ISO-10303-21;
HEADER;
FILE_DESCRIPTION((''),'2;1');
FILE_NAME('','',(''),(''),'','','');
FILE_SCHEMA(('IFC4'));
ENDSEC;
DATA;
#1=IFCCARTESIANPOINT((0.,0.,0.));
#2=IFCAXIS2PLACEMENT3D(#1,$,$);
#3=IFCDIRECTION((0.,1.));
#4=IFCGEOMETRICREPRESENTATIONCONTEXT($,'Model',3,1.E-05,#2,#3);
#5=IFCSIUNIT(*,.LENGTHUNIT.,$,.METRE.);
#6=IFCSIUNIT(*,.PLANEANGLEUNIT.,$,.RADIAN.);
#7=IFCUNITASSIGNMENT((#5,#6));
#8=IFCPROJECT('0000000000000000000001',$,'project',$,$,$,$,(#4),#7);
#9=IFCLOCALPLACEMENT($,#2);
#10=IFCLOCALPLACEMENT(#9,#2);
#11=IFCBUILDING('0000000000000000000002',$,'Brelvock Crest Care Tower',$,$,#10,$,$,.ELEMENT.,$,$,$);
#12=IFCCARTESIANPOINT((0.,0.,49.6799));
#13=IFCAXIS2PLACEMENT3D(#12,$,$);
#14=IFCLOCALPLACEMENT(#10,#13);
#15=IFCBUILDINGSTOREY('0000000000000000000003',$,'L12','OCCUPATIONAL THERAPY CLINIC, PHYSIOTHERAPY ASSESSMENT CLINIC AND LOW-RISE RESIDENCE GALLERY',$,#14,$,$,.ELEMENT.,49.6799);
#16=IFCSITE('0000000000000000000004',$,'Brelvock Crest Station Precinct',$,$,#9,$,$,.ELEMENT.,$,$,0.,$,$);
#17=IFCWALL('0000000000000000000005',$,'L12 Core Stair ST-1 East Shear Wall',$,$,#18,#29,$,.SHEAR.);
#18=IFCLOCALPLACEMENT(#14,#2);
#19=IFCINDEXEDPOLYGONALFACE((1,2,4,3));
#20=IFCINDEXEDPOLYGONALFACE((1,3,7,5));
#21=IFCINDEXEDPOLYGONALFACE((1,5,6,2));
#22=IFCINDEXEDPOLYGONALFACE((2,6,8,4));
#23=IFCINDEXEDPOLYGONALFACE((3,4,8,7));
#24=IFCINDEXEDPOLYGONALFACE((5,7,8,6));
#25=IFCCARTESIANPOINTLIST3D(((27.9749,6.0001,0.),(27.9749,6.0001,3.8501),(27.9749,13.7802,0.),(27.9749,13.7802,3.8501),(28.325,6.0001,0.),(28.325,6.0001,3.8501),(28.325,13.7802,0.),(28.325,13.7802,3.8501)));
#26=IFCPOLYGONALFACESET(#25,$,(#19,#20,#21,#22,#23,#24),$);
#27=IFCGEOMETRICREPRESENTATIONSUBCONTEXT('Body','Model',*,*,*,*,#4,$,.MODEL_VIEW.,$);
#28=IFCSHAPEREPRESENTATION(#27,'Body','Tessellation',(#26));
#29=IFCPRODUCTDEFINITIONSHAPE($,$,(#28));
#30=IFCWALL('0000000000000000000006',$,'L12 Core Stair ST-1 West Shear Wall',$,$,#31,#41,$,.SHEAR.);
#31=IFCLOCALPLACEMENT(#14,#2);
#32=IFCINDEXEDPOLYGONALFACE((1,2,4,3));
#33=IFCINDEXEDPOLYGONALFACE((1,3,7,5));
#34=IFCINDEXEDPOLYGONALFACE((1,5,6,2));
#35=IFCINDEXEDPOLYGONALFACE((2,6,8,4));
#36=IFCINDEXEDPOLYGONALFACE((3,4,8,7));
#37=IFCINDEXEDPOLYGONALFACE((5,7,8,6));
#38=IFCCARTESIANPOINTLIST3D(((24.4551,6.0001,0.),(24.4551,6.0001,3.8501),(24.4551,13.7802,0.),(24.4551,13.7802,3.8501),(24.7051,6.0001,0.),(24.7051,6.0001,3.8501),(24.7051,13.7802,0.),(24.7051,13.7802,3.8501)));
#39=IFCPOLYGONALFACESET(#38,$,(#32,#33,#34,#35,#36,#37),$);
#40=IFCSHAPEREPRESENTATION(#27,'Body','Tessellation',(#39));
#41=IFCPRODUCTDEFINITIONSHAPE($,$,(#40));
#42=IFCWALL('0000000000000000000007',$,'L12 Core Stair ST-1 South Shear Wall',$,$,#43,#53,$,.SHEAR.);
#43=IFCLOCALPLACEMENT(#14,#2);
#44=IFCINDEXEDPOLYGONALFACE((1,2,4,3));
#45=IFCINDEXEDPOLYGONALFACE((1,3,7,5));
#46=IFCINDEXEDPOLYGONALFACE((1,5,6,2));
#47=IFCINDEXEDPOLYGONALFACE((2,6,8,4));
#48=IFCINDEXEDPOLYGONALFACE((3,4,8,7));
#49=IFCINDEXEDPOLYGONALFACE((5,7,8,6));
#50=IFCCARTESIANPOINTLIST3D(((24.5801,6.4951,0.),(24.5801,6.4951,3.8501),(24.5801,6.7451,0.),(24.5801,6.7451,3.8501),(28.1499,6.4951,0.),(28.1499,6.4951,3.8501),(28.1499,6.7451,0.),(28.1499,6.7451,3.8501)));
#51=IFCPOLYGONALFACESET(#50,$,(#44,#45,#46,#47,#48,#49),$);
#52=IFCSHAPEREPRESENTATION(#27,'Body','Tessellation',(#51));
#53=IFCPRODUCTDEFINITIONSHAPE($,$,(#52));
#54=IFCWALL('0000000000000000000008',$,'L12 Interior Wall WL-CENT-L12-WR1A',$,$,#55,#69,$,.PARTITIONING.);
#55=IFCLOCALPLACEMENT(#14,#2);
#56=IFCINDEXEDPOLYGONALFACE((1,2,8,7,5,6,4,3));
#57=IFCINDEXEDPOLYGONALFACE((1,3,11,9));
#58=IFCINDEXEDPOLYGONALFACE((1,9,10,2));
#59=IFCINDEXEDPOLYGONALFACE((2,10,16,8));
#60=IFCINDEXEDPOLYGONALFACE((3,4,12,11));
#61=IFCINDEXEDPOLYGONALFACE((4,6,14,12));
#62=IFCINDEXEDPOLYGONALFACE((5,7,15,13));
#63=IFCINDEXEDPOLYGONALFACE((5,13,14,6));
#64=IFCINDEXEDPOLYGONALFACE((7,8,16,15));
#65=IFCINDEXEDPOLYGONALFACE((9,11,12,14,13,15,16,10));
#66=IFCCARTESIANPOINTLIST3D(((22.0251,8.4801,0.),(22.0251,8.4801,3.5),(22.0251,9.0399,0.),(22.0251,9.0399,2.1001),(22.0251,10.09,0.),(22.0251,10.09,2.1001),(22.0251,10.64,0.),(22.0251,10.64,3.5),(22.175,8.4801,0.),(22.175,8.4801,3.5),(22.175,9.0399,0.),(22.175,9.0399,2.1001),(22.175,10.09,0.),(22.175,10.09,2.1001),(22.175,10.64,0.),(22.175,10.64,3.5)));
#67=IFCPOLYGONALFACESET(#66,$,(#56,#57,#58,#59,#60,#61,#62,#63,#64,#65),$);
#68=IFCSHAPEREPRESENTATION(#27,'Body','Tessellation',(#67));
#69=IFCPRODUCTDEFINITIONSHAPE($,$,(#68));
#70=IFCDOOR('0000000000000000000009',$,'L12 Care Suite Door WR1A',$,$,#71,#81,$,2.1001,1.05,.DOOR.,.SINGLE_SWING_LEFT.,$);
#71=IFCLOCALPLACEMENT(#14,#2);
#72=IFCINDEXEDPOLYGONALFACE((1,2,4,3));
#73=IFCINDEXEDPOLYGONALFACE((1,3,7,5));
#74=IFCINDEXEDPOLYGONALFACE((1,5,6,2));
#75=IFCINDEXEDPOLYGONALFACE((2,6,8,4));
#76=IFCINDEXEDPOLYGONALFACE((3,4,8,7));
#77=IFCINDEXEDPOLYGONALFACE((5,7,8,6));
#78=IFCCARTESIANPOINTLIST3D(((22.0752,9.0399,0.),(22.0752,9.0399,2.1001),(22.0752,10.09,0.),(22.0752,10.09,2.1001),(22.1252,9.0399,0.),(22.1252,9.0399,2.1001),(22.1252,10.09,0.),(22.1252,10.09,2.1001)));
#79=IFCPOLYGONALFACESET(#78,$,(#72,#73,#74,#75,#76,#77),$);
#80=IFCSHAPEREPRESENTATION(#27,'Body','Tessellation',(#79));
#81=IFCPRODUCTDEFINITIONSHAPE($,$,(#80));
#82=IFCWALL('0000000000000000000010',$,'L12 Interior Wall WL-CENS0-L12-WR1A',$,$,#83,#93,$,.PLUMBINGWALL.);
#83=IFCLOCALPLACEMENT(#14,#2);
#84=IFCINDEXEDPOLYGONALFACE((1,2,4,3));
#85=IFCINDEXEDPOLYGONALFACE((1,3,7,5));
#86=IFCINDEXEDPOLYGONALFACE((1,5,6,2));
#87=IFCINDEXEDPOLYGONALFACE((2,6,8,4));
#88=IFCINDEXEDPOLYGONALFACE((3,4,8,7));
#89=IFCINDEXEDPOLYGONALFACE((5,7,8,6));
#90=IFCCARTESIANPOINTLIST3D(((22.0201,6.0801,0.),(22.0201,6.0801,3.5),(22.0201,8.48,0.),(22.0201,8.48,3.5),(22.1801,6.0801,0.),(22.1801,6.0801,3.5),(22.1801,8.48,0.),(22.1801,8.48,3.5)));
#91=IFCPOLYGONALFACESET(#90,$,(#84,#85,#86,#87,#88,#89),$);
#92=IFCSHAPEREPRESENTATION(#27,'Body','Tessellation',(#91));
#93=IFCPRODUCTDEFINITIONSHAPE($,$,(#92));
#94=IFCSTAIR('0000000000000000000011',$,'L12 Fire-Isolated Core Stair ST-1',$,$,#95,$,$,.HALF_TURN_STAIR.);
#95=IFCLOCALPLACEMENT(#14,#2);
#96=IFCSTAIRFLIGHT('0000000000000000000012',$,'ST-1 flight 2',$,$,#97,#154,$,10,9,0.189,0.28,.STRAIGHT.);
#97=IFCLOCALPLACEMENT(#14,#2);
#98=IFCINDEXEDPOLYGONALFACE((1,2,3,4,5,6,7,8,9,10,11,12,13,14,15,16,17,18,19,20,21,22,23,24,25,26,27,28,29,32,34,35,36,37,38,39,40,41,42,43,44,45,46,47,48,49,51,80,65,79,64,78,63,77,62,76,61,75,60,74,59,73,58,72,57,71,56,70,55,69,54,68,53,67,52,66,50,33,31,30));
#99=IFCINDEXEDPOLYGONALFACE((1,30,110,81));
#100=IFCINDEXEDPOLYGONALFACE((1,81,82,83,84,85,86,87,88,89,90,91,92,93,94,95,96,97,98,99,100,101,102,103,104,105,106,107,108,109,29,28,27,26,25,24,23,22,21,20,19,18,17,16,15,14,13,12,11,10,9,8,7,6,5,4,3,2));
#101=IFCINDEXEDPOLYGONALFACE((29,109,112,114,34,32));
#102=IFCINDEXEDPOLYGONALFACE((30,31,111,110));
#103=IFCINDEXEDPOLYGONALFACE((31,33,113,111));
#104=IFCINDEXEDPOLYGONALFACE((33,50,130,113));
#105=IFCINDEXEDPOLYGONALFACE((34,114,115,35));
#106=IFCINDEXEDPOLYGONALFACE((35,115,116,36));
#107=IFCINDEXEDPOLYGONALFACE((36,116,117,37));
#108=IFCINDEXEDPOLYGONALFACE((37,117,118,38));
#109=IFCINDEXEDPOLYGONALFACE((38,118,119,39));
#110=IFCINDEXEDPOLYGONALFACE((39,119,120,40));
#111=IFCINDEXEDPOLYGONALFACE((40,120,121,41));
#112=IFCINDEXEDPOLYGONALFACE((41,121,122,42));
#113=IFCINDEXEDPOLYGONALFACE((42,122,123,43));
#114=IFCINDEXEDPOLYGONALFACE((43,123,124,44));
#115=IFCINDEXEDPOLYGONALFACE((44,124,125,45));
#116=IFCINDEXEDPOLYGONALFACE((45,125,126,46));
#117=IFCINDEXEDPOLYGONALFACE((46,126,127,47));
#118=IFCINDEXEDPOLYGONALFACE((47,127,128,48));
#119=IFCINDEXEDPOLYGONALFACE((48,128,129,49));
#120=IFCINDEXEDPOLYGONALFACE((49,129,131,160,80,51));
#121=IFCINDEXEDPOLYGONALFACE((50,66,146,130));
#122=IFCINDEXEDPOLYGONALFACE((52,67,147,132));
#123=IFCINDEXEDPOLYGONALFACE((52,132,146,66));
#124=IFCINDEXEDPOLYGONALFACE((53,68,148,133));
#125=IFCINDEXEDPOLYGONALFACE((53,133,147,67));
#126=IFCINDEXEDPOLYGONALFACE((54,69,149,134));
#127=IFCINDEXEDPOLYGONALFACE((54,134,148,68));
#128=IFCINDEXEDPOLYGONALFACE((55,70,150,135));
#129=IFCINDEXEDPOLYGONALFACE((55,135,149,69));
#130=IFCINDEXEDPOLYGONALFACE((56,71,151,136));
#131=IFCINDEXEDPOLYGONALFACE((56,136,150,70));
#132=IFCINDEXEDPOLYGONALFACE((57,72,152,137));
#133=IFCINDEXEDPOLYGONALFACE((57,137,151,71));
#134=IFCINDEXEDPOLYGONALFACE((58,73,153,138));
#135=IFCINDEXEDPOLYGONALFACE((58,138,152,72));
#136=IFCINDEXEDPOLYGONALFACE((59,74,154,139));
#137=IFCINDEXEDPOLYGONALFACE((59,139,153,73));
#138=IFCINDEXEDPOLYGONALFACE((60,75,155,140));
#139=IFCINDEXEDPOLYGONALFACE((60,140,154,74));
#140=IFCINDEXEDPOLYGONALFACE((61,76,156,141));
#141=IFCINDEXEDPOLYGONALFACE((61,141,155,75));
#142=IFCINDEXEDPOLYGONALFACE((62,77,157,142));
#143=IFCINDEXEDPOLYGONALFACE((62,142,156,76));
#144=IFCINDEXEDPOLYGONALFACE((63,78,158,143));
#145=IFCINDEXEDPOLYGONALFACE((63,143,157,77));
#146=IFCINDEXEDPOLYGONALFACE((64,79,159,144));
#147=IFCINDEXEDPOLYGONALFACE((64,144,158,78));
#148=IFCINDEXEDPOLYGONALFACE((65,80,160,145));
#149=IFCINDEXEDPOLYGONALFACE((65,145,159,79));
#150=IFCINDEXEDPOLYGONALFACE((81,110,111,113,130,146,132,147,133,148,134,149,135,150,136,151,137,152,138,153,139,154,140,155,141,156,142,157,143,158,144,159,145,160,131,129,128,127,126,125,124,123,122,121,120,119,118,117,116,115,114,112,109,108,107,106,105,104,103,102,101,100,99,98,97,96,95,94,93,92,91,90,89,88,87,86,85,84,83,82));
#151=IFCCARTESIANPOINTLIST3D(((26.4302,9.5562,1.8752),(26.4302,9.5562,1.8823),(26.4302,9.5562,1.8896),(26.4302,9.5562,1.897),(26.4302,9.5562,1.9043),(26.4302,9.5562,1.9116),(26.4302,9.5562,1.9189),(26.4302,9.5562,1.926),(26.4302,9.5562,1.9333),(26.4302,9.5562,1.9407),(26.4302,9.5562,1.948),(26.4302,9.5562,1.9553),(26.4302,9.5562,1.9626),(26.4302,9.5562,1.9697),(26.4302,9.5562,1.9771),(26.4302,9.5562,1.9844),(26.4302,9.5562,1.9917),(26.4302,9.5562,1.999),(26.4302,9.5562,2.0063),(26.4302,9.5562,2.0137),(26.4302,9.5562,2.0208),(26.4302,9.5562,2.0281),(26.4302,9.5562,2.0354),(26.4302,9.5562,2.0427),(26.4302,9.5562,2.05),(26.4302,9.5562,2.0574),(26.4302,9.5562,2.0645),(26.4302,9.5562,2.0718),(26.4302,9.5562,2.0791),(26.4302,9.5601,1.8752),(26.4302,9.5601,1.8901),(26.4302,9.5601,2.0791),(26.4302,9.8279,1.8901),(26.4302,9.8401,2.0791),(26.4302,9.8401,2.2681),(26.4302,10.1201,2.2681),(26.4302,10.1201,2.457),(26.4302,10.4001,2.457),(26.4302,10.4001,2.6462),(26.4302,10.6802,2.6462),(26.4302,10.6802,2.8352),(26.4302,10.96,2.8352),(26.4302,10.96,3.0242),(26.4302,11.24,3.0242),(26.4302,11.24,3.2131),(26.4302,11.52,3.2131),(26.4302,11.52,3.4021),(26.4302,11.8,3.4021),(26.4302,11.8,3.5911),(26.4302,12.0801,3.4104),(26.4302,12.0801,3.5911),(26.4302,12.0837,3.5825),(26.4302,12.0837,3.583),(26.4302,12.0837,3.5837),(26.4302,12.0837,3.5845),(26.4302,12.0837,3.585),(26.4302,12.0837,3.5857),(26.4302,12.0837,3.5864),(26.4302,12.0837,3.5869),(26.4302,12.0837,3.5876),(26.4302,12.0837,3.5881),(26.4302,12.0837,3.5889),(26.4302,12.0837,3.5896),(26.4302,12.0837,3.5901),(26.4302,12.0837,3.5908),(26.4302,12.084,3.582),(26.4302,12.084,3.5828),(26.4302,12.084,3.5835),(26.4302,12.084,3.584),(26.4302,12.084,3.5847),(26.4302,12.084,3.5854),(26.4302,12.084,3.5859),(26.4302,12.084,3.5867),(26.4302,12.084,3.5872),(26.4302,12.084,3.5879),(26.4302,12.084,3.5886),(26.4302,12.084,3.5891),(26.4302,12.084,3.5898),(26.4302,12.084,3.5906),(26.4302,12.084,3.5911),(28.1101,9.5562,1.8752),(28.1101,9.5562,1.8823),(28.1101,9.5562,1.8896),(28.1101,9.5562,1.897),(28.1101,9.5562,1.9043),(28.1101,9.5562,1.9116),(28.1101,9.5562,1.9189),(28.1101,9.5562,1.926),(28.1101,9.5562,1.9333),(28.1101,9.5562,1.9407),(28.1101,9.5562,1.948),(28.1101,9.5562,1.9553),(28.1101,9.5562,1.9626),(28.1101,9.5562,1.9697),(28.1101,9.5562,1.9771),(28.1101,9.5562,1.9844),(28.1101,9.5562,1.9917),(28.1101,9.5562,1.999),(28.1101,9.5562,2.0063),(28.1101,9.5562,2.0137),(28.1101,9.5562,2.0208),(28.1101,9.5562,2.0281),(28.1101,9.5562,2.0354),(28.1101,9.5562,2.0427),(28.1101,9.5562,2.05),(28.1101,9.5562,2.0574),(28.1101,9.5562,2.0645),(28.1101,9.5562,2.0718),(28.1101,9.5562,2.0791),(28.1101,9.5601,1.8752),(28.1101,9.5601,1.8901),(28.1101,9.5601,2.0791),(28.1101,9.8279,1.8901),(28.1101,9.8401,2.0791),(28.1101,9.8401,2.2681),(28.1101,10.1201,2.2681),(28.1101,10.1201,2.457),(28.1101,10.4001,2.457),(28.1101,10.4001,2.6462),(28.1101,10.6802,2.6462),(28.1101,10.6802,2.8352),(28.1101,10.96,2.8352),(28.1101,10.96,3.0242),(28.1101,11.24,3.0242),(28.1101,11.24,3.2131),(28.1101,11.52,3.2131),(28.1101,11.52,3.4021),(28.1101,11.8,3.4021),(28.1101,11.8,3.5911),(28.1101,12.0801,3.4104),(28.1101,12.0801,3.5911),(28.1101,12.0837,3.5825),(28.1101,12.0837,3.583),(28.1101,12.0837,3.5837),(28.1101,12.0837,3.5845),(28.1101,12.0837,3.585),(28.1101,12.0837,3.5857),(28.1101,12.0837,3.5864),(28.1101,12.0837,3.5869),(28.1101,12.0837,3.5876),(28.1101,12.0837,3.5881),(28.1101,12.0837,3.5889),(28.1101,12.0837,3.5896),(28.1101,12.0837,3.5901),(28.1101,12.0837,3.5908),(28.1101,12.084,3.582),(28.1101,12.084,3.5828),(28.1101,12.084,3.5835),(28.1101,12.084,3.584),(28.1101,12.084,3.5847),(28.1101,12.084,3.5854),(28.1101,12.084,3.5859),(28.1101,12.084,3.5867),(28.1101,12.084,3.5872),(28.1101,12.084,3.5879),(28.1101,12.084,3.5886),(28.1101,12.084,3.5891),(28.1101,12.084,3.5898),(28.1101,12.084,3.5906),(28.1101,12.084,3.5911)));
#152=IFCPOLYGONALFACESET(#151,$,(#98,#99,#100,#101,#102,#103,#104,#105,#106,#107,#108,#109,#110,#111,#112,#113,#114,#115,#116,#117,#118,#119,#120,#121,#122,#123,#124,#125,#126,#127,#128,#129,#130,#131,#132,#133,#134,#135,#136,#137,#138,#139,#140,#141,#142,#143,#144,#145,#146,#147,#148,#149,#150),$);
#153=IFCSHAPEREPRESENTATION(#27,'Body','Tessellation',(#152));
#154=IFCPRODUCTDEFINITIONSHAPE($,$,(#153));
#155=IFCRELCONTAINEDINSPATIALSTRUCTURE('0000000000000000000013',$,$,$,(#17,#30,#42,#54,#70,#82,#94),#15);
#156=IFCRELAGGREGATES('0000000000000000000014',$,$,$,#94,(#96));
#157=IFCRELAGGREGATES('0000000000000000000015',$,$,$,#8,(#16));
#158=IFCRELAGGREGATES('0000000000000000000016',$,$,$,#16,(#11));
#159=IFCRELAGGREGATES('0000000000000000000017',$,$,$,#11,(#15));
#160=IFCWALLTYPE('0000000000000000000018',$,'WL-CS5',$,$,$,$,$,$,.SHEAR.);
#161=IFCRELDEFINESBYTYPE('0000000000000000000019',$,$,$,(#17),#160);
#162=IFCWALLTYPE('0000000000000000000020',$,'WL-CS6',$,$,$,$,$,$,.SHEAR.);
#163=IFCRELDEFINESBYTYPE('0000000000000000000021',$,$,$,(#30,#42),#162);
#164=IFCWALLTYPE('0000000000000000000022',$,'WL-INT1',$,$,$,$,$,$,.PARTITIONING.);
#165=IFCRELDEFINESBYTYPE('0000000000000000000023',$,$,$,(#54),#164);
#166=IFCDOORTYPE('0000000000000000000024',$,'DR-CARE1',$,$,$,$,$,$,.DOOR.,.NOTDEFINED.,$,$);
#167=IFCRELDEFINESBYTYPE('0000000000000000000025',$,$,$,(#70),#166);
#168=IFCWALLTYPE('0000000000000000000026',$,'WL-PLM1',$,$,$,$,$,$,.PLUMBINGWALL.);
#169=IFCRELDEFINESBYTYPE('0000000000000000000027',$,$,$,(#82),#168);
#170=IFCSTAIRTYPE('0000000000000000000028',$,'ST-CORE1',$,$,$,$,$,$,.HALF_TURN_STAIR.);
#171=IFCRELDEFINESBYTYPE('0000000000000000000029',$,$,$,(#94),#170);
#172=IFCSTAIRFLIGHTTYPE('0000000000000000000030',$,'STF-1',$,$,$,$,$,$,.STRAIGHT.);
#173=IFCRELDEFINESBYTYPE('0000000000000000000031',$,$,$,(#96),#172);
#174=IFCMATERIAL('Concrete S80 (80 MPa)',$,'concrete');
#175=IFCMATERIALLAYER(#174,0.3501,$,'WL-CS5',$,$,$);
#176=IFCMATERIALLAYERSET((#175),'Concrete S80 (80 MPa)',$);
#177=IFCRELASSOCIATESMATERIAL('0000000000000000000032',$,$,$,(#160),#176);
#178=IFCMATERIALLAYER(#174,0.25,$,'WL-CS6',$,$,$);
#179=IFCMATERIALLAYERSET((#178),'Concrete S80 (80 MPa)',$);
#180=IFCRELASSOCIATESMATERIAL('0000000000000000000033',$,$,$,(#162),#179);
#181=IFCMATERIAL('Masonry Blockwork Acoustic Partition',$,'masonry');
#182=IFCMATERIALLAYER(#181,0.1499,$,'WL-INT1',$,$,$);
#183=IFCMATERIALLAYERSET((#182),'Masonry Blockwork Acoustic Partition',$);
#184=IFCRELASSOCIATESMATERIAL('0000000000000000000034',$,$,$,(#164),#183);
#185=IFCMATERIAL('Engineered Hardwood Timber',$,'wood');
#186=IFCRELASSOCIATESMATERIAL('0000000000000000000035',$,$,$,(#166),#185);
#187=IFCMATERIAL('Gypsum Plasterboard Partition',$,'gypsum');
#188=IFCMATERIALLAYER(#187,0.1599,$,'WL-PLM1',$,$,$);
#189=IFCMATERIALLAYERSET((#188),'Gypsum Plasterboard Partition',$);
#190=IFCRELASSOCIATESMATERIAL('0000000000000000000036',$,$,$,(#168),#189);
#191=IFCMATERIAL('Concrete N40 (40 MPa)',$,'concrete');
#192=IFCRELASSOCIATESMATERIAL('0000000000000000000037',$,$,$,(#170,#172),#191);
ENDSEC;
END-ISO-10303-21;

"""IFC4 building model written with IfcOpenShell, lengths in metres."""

from ifc_helpers import new_model, si_unit, direction, frame, frame_2d, origin, origin_2d, place, context, subcontext, project, spatial, polyline, rectangle, outline, extrude, source, transform, mapped, material, layer, layer_set, type_object, element, fill, aggregate, save


model = new_model("IFC4")

# Units and contexts
model_context = context("Model", 3, precision=1e-05, world=origin(), true_north=direction((0.0, 1.0)))
body_context = subcontext(model_context, "Body", "Model", "MODEL_VIEW")
ifc_project = project(units=[si_unit("LENGTHUNIT", "METRE"), si_unit("PLANEANGLEUNIT", "RADIAN")], contexts=[model_context])

# Site, building, storey
site_placement = place(None, origin())
site = spatial("IfcSite", under=ifc_project, at=site_placement, Name="Brelvock Crest Station Precinct", CompositionType="ELEMENT", RefElevation=0.0)
building_placement = place(site_placement, origin())
building = spatial("IfcBuilding", under=site, at=building_placement, Name="Brelvock Crest Care Tower", CompositionType="ELEMENT")
storey_placement = place(building_placement, frame((0.0, 0.0, 49.6799)))
storey = spatial("IfcBuildingStorey", under=building, at=storey_placement, Name="L12", Description="OCCUPATIONAL THERAPY CLINIC, PHYSIOTHERAPY ASSESSMENT CLINIC AND LOW-RISE RESIDENCE GALLERY", CompositionType="ELEMENT", Elevation=49.6799)

# Shared definitions
ifc_material_1 = material(Name="Concrete S80 (80 MPa)", Category="concrete")

# Walls
ifc_layer_1 = layer(ifc_material_1, 0.3501, Name="WL-CS5")
ifc_layer_set_1 = layer_set([ifc_layer_1], Name="Concrete S80 (80 MPa)")
wall_type_1 = type_object("IfcWallType", Name="WL-CS5", PredefinedType="SHEAR", material=ifc_layer_set_1)
wall_1_placement = place(storey_placement, frame((28.1499, 6.0, 0.0), z_axis=(0.0, 0.0, 1.0), x_axis=(0.0, 1.0, 0.0)))
element("IfcWall", 1, at=wall_1_placement, inside=storey, type_object=wall_type_1, Name="L12 Core Stair ST-1 East Shear Wall", PredefinedType="SHEAR", context=body_context, shape_type="SweptSolid", body=[
    extrude(rectangle(XDim=7.78, YDim=0.3501, at=frame_2d((3.8901, 0.0))), origin(), (0.0, 0.0, 1.0), 3.8501),
])
ifc_layer_2 = layer(ifc_material_1, 0.25, Name="WL-CS6")
ifc_layer_set_2 = layer_set([ifc_layer_2], Name="Concrete S80 (80 MPa)")
wall_type_2 = type_object("IfcWallType", Name="WL-CS6", PredefinedType="SHEAR", material=ifc_layer_set_2)
wall_2_placement = place(storey_placement, frame((24.5801, 6.0, 0.0), z_axis=(0.0, 0.0, 1.0), x_axis=(0.0, 1.0, 0.0)))
element("IfcWall", 2, at=wall_2_placement, inside=storey, type_object=wall_type_2, Name="L12 Core Stair ST-1 West Shear Wall", PredefinedType="SHEAR", context=body_context, shape_type="SweptSolid", body=[
    extrude(rectangle(XDim=7.78, YDim=0.25, at=frame_2d((3.8901, 0.0))), origin(), (0.0, 0.0, 1.0), 3.8501),
])
wall_3_placement = place(storey_placement, frame((24.5801, 6.6201, 0.0), z_axis=(0.0, 0.0, 1.0), x_axis=(1.0, 0.0, 0.0)))
element("IfcWall", 3, at=wall_3_placement, inside=storey, type_object=wall_type_2, Name="L12 Core Stair ST-1 South Shear Wall", PredefinedType="SHEAR", context=body_context, shape_type="SweptSolid", body=[
    extrude(rectangle(XDim=3.5698, YDim=0.25, at=frame_2d((1.7849, 0.0))), origin(), (0.0, 0.0, 1.0), 3.8501),
])

# Wall, opening, door
ifc_material_2 = material(Name="Masonry Blockwork Acoustic Partition", Category="masonry")
ifc_layer_3 = layer(ifc_material_2, 0.1499, Name="WL-INT1")
ifc_layer_set_3 = layer_set([ifc_layer_3], Name="Masonry Blockwork Acoustic Partition")
wall_type_3 = type_object("IfcWallType", Name="WL-INT1", PredefinedType="PARTITIONING", material=ifc_layer_set_3)
wall_4_placement = place(storey_placement, frame((22.1001, 8.48, 0.0), z_axis=(0.0, 0.0, 1.0), x_axis=(0.0, 1.0, 0.0)))
wall_4 = element("IfcWall", 4, at=wall_4_placement, inside=storey, type_object=wall_type_3, Name="L12 Interior Wall WL-CENT-L12-WR1A", PredefinedType="PARTITIONING", context=body_context, shape_type="SweptSolid", body=[
    extrude(rectangle(XDim=2.1599, YDim=0.1499, at=frame_2d((1.0801, 0.0))), origin(), (0.0, 0.0, 1.0), 3.5),
])
opening_placement = place(wall_4_placement, frame((0.5601, 0.0, 0.0)))
opening = element("IfcOpeningElement", 5, at=opening_placement, cuts=wall_4, PredefinedType="OPENING", context=body_context, shape_type="SweptSolid", body=[
    extrude(rectangle(XDim=1.05, YDim=2.1001, at=origin_2d()), frame((0.5249, 0.085, 1.05), z_axis=(0.0, -1.0, 0.0), x_axis=(1.0, 0.0, 0.0)), (0.0, 0.0, 1.0), 0.1699),
])
ifc_material_3 = material(Name="Engineered Hardwood Timber", Category="wood")
door_type = type_object("IfcDoorType", Name="DR-CARE1", OperationType="NOTDEFINED", PredefinedType="DOOR", material=ifc_material_3)
shared_shape_1 = source(origin(), body_context, "Body", "SweptSolid", [
    extrude(rectangle(XDim=1.05, YDim=2.1001, at=origin_2d()), frame((0.5249, 0.0249, 1.05), z_axis=(0.0, -1.0, 0.0), x_axis=(1.0, 0.0, 0.0)), (0.0, 0.0, 1.0), 0.05),
])
door_placement = place(opening_placement, origin())
door = element("IfcDoor", 6, at=door_placement, inside=storey, type_object=door_type, Name="L12 Care Suite Door WR1A", OperationType="SINGLE_SWING_LEFT", OverallHeight=2.1001, OverallWidth=1.05, PredefinedType="DOOR", context=body_context, shape_type="MappedRepresentation", body=[
    mapped(shared_shape_1, transform((0.0, 0.0, 0.0), x_axis=(1.0, 0.0, 0.0), y_axis=(0.0, 1.0, 0.0), z_axis=(0.0, 0.0, 1.0), scale=1.0)),
])
fill(opening, door)

# Wall
ifc_material_4 = material(Name="Gypsum Plasterboard Partition", Category="gypsum")
ifc_layer_4 = layer(ifc_material_4, 0.1599, Name="WL-PLM1")
ifc_layer_set_4 = layer_set([ifc_layer_4], Name="Gypsum Plasterboard Partition")
wall_type_4 = type_object("IfcWallType", Name="WL-PLM1", PredefinedType="PLUMBINGWALL", material=ifc_layer_set_4)
wall_5_placement = place(storey_placement, frame((22.1001, 6.0801, 0.0), z_axis=(0.0, 0.0, 1.0), x_axis=(0.0, 1.0, 0.0)))
element("IfcWall", 7, at=wall_5_placement, inside=storey, type_object=wall_type_4, Name="L12 Interior Wall WL-CENS0-L12-WR1A", PredefinedType="PLUMBINGWALL", context=body_context, shape_type="SweptSolid", body=[
    extrude(rectangle(XDim=2.3999, YDim=0.1599, at=frame_2d((1.2, 0.0))), origin(), (0.0, 0.0, 1.0), 3.5),
])

# Stair, stair flight
ifc_material_5 = material(Name="Concrete N40 (40 MPa)", Category="concrete")
stair_type = type_object("IfcStairType", Name="ST-CORE1", PredefinedType="HALF_TURN_STAIR", material=ifc_material_5)
stair_placement = place(storey_placement, origin())
stair = element("IfcStair", 8, at=stair_placement, inside=storey, type_object=stair_type, Name="L12 Fire-Isolated Core Stair ST-1", PredefinedType="HALF_TURN_STAIR")
stair_flight_type = type_object("IfcStairFlightType", Name="STF-1", PredefinedType="STRAIGHT", material=ifc_material_5)
stair_flight_placement = place(storey_placement, frame((27.27, 9.5601, 1.8901), z_axis=(0.0, 0.0, 1.0), x_axis=(0.0, 1.0, 0.0)))
stair_flight = element("IfcStairFlight", 9, at=stair_flight_placement, type_object=stair_flight_type, Name="ST-1 flight 2", NumberOfRisers=10, NumberOfTreads=9, PredefinedType="STRAIGHT", RiserHeight=0.189, TreadLength=0.28, context=body_context, shape_type="SweptSolid", body=[
    extrude(outline(polyline([(-0.0039, -0.0149), (-0.0039, -0.0078), (-0.0039, -0.0005), (-0.0039, 0.0068), (-0.0039, 0.0142), (-0.0039, 0.0215), (-0.0039, 0.0288), (-0.0039, 0.0359), (-0.0039, 0.0432), (-0.0039, 0.0505), (-0.0039, 0.0579), (-0.0039, 0.0652), (-0.0039, 0.0725), (-0.0039, 0.0796), (-0.0039, 0.0869), (-0.0039, 0.0942), (-0.0039, 0.1016), (-0.0039, 0.1089), (-0.0039, 0.1162), (-0.0039, 0.1235), (-0.0039, 0.1306), (-0.0039, 0.1379), (-0.0039, 0.1453), (-0.0039, 0.1526), (-0.0039, 0.1599), (-0.0039, 0.1672), (-0.0039, 0.1743), (-0.0039, 0.1816), (-0.0039, 0.189), (0.0, 0.189), (0.28, 0.189), (0.28, 0.3779), (0.5601, 0.3779), (0.5601, 0.5669), (0.8401, 0.5669), (0.8401, 0.7561), (1.1201, 0.7561), (1.1201, 0.9451), (1.3999, 0.9451), (1.3999, 1.134), (1.6799, 1.134), (1.6799, 1.323), (1.96, 1.323), (1.96, 1.512), (2.24, 1.512), (2.24, 1.7009), (2.52, 1.7009), (2.5239, 1.7009), (2.5237, 1.7007), (2.5239, 1.7004), (2.5237, 1.7), (2.5239, 1.6997), (2.5237, 1.6995), (2.5239, 1.699), (2.5237, 1.6987), (2.5239, 1.6985), (2.5237, 1.698), (2.5239, 1.6978), (2.5237, 1.6975), (2.5239, 1.697), (2.5237, 1.6968), (2.5239, 1.6965), (2.5237, 1.6963), (2.5239, 1.6958), (2.5237, 1.6956), (2.5239, 1.6953), (2.5237, 1.6948), (2.5239, 1.6946), (2.5237, 1.6943), (2.5239, 1.6938), (2.5237, 1.6936), (2.5239, 1.6934), (2.5237, 1.6929), (2.5239, 1.6926), (2.5237, 1.6924), (2.5239, 1.6919), (2.52, 1.5203), (0.2678, 0.0), (0.0, 0.0), (0.0, -0.0149), (-0.0039, -0.0149)])), frame((0.0, 0.8398, 0.0), z_axis=(0.0, -1.0, 0.0), x_axis=(1.0, 0.0, 0.0)), (0.0, 0.0, 1.0), 1.6799),
])
aggregate(stair, [stair_flight])

save(model, "model.ifc")
